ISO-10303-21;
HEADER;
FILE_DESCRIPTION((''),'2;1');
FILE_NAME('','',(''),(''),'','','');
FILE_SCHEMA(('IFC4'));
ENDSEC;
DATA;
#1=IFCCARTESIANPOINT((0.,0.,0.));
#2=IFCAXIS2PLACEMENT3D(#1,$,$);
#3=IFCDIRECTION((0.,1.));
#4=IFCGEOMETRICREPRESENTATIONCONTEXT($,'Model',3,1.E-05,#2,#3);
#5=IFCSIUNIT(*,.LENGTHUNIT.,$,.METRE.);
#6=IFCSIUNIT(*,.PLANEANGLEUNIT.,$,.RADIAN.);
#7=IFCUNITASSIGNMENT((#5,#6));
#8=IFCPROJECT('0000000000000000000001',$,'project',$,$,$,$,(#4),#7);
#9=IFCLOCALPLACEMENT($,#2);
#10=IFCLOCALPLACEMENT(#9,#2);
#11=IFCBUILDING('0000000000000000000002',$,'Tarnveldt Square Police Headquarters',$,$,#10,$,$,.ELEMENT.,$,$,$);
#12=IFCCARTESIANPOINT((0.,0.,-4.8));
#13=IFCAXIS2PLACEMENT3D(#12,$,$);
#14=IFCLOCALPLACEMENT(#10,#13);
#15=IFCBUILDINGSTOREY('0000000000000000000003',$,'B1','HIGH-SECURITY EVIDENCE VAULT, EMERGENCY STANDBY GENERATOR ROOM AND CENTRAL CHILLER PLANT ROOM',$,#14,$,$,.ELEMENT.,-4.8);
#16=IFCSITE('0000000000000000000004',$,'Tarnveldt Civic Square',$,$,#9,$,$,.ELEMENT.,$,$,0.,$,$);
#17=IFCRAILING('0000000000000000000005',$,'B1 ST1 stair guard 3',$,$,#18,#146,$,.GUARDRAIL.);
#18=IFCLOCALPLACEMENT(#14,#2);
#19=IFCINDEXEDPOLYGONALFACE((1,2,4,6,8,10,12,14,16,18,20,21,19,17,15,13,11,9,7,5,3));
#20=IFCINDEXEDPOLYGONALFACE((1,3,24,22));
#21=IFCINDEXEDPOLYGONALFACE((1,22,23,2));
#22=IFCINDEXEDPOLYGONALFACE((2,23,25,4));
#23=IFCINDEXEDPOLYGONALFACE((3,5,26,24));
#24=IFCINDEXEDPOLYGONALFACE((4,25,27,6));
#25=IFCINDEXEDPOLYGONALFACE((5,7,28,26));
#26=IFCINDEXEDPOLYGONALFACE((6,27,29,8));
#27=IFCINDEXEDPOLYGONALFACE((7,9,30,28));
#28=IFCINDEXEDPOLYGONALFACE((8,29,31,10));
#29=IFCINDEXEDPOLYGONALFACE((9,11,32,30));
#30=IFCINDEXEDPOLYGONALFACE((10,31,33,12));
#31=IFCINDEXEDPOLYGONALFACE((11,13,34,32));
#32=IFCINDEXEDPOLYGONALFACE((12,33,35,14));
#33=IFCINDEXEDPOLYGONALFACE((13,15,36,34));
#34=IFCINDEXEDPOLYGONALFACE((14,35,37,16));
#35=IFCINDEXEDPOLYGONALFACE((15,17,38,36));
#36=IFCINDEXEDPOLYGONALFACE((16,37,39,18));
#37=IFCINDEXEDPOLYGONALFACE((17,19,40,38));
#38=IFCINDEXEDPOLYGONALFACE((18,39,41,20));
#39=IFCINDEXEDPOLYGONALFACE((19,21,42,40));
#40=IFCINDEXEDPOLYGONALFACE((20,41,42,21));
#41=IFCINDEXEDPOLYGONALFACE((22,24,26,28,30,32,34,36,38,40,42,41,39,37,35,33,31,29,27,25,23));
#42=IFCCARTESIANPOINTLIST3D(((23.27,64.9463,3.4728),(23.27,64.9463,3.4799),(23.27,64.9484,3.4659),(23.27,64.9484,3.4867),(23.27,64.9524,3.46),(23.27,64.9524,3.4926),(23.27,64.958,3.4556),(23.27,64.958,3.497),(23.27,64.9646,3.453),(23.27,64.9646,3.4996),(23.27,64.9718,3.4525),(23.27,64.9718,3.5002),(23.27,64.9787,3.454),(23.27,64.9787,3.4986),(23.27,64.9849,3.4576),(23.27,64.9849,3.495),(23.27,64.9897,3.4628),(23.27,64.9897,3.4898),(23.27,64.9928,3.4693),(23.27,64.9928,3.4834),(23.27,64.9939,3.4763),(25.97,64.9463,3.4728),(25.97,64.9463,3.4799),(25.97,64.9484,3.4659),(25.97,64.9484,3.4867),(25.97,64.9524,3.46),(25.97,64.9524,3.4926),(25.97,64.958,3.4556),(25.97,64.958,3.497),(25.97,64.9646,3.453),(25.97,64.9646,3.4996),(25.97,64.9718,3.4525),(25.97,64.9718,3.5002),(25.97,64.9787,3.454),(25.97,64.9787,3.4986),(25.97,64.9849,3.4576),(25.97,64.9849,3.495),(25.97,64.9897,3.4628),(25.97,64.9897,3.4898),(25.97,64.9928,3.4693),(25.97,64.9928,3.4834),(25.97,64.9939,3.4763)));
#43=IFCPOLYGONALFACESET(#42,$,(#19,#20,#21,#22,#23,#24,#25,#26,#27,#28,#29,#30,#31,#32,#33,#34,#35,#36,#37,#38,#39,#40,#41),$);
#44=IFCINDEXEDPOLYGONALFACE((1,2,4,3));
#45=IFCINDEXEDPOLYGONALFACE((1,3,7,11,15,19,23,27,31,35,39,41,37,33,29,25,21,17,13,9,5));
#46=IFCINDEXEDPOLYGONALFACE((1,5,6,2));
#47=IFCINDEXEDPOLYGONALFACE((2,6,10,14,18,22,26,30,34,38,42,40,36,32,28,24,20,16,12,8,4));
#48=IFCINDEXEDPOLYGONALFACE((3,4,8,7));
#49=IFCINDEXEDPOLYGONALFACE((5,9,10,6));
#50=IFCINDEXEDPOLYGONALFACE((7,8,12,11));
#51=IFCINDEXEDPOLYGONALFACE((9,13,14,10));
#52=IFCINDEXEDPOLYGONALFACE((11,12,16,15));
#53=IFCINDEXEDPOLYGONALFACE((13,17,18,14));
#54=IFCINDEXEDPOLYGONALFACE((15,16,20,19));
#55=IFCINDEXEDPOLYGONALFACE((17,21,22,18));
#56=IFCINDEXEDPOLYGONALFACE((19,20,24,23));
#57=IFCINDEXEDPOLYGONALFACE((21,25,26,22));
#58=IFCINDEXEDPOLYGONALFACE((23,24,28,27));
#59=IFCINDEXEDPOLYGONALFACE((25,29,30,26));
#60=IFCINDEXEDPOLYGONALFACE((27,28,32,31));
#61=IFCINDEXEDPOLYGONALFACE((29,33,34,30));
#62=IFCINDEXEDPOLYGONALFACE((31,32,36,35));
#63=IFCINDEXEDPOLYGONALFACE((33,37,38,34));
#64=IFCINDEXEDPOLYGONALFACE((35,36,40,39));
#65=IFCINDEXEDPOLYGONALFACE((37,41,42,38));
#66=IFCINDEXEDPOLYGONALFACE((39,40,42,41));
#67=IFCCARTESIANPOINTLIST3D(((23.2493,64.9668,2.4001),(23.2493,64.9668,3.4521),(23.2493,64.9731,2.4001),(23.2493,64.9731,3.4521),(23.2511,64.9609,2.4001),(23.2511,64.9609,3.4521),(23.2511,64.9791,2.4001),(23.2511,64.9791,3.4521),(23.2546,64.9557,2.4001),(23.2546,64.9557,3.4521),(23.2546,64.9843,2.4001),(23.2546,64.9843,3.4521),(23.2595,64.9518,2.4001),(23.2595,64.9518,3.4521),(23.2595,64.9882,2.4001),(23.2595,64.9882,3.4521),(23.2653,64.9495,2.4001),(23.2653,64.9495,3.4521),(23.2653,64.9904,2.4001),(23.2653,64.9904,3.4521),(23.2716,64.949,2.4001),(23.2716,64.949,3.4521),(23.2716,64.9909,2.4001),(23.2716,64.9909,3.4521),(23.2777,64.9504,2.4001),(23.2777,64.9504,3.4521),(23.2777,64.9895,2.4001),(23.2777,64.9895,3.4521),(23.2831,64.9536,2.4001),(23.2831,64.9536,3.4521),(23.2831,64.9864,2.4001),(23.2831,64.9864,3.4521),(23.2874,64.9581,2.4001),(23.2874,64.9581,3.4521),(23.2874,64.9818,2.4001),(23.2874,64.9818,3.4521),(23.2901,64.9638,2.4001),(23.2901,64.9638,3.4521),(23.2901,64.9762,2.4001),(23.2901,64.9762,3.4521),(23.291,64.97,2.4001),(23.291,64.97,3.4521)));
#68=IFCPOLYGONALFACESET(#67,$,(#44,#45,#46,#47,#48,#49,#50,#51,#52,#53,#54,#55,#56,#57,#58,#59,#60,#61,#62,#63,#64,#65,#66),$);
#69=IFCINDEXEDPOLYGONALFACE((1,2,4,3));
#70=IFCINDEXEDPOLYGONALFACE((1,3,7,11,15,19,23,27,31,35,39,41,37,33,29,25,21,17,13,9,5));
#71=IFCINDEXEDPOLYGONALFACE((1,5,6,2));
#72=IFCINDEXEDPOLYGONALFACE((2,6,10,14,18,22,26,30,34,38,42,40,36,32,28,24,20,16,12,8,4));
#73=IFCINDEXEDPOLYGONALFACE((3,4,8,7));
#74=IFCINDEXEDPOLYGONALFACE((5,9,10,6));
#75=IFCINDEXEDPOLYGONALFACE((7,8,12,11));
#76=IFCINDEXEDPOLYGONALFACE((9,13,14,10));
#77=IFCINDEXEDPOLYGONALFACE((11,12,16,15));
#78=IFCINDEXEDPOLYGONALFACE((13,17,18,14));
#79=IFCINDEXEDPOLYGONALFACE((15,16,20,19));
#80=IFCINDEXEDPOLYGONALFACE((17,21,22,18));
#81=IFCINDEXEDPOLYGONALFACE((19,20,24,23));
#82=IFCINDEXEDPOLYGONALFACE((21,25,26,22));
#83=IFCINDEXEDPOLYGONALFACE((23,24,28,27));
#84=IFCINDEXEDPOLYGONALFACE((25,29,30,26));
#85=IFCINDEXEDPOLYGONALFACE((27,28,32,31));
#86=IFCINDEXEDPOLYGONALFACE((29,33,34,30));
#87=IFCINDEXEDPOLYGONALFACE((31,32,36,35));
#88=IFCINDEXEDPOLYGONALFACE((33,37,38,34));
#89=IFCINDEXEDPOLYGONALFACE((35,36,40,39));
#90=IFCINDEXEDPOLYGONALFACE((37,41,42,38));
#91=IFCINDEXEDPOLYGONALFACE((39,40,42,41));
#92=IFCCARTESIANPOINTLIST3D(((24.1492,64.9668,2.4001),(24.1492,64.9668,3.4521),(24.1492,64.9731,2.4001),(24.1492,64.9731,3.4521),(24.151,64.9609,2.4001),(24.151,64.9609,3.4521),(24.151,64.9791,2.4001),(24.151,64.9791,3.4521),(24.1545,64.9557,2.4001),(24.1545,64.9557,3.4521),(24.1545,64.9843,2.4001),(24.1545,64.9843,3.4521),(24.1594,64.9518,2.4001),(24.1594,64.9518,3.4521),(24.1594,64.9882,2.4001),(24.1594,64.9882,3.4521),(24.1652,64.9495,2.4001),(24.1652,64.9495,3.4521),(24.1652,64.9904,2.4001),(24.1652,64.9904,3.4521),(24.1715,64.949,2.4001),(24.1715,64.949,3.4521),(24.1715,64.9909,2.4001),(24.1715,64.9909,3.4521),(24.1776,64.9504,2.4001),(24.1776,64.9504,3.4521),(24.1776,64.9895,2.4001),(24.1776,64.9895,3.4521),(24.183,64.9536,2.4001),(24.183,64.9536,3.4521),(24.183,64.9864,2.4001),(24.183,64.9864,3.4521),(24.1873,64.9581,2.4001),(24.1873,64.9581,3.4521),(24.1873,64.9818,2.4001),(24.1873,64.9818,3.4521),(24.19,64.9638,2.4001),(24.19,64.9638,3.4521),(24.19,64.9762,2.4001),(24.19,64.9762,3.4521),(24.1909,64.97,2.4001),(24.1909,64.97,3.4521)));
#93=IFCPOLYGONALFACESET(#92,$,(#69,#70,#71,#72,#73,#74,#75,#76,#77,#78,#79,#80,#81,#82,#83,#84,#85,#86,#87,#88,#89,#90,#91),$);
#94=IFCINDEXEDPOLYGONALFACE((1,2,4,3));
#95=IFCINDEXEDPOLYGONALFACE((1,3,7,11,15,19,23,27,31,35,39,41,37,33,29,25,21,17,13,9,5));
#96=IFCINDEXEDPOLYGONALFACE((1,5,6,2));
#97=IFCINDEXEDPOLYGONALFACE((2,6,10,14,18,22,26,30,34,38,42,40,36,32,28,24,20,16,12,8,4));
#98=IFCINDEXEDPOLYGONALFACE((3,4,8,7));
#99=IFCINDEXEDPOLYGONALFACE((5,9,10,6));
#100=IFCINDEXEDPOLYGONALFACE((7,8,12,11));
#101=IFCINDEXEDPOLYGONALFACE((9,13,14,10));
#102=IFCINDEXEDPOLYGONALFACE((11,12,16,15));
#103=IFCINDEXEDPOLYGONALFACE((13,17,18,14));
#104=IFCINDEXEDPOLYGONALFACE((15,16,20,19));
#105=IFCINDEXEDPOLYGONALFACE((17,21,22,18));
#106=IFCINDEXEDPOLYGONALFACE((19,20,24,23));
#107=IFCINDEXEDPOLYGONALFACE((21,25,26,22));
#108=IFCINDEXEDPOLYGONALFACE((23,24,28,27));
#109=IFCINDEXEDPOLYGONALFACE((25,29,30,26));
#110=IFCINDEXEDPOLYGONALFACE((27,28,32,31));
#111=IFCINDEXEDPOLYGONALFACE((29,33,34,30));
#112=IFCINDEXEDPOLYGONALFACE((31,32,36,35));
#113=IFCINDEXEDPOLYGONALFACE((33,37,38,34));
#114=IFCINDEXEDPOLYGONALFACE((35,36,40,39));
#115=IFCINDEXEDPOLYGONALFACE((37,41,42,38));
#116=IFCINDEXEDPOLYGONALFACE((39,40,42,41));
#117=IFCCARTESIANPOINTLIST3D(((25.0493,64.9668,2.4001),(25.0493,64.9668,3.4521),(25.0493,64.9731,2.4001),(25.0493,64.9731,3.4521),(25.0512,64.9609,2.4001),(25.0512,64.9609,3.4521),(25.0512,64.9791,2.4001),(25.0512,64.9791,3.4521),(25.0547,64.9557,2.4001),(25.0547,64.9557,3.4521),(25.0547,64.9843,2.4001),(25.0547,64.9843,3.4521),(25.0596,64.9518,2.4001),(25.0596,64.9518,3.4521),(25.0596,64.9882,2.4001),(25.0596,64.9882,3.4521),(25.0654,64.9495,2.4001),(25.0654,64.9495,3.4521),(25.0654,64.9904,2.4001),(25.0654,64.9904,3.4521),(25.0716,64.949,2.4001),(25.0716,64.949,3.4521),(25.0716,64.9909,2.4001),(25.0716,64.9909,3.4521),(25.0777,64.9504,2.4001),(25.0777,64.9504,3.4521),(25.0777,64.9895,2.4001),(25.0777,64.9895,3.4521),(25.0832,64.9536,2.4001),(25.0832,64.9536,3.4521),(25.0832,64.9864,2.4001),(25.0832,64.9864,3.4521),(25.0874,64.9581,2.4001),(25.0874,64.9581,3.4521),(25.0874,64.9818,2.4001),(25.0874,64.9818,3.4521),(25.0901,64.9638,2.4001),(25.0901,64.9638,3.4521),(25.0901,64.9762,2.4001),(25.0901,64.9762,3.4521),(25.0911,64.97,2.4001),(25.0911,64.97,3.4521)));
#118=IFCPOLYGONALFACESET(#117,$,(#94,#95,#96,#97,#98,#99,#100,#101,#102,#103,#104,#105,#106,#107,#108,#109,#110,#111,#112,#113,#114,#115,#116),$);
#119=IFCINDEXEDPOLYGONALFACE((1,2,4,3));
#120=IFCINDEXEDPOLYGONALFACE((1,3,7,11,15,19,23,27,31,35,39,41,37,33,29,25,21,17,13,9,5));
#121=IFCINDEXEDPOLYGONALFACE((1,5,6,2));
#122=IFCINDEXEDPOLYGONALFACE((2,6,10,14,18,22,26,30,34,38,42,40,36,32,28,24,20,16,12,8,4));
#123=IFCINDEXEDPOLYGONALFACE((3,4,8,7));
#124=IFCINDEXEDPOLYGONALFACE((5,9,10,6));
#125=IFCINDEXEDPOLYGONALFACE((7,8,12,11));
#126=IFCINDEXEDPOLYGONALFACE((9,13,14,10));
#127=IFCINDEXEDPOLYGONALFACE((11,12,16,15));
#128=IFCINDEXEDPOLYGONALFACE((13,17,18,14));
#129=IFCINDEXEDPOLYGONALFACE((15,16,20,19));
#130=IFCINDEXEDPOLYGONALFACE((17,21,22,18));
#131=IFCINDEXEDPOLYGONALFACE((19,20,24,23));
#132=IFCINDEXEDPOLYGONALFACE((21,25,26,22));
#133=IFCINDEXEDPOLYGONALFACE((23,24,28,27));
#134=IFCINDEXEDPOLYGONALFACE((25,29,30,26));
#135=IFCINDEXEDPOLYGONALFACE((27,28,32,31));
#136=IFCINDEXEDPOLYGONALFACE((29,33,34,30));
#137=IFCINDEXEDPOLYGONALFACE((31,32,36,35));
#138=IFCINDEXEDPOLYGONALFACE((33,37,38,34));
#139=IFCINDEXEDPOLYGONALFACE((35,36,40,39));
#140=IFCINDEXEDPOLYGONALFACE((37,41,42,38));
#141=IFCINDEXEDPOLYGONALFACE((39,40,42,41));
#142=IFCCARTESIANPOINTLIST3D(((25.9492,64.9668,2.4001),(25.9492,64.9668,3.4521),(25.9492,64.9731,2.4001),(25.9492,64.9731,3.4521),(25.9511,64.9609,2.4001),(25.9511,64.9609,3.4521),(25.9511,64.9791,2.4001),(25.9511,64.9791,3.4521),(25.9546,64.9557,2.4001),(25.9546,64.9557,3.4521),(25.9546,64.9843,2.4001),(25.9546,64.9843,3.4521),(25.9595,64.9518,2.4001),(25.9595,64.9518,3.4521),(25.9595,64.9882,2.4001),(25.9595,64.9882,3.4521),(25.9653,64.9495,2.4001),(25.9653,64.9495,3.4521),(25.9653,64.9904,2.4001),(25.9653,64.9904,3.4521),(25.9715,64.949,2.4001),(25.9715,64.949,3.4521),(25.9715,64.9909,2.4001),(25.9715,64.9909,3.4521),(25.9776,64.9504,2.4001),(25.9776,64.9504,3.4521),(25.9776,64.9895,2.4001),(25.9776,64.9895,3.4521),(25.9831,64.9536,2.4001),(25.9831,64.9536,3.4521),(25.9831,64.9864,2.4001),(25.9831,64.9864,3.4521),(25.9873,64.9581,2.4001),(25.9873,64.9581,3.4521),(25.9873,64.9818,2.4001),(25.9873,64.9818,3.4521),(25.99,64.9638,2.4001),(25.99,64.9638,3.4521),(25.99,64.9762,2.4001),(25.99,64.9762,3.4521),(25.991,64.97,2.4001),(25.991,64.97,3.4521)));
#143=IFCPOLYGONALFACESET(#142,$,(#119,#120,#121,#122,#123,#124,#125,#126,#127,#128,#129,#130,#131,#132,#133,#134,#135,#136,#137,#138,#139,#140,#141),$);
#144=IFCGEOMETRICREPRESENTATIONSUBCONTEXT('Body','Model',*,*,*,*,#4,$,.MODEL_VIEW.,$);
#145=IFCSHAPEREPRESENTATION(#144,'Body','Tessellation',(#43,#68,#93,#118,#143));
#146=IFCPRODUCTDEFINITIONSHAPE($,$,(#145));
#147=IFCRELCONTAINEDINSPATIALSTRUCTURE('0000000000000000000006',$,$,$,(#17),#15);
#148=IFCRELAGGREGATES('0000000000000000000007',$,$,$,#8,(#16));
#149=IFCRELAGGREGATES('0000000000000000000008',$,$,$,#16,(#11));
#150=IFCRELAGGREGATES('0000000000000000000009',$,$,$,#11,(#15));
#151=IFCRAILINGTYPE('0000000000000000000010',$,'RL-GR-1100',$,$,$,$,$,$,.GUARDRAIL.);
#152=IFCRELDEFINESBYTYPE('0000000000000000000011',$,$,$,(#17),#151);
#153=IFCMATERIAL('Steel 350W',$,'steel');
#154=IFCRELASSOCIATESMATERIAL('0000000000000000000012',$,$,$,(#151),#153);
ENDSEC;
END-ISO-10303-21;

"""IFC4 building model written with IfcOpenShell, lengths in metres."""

from ifc_helpers import new_model, si_unit, direction, frame, origin, origin_2d, place, context, subcontext, project, spatial, circle, extrude, material, type_object, element, save


model = new_model("IFC4")

# Units and contexts
model_context = context("Model", 3, precision=1e-05, world=origin(), true_north=direction((0.0, 1.0)))
body_context = subcontext(model_context, "Body", "Model", "MODEL_VIEW")
ifc_project = project(units=[si_unit("LENGTHUNIT", "METRE"), si_unit("PLANEANGLEUNIT", "RADIAN")], contexts=[model_context])

# Site, building, storey
site_placement = place(None, origin())
site = spatial("IfcSite", under=ifc_project, at=site_placement, Name="Tarnveldt Civic Square", CompositionType="ELEMENT", RefElevation=0.0)
building_placement = place(site_placement, origin())
building = spatial("IfcBuilding", under=site, at=building_placement, Name="Tarnveldt Square Police Headquarters", CompositionType="ELEMENT")
storey_placement = place(building_placement, frame((0.0, 0.0, -4.8)))
storey = spatial("IfcBuildingStorey", under=building, at=storey_placement, Name="B1", Description="HIGH-SECURITY EVIDENCE VAULT, EMERGENCY STANDBY GENERATOR ROOM AND CENTRAL CHILLER PLANT ROOM", CompositionType="ELEMENT", Elevation=-4.8)

# Shared definitions
ifc_material_1 = material(Name="Steel 350W", Category="steel")

# Railing
railing_type_1 = type_object("IfcRailingType", Name="RL-GR-1100", PredefinedType="GUARDRAIL", material=ifc_material_1)
railing_1_placement = place(storey_placement, frame((23.27, 64.97, 2.4001)))
element("IfcRailing", 1, at=railing_1_placement, inside=storey, type_object=railing_type_1, Name="B1 ST1 stair guard 3", PredefinedType="GUARDRAIL", context=body_context, shape_type="SweptSolid", body=[
    extrude(circle(Radius=0.0239, at=origin_2d()), frame((0.0, 0.0, 1.0762), z_axis=(1.0, 0.0, 0.0), x_axis=(0.0, 1.0, 0.0)), (0.0, 0.0, 1.0), 2.7),
    extrude(circle(Radius=0.021, at=origin_2d()), origin(), (0.0, 0.0, 1.0), 1.052),
    extrude(circle(Radius=0.021, at=origin_2d()), frame((0.8999, 0.0, 0.0)), (0.0, 0.0, 1.0), 1.052),
    extrude(circle(Radius=0.021, at=origin_2d()), frame((1.8, 0.0, 0.0)), (0.0, 0.0, 1.0), 1.052),
    extrude(circle(Radius=0.021, at=origin_2d()), frame((2.7, 0.0, 0.0)), (0.0, 0.0, 1.0), 1.052),
])

save(model, "model.ifc")
